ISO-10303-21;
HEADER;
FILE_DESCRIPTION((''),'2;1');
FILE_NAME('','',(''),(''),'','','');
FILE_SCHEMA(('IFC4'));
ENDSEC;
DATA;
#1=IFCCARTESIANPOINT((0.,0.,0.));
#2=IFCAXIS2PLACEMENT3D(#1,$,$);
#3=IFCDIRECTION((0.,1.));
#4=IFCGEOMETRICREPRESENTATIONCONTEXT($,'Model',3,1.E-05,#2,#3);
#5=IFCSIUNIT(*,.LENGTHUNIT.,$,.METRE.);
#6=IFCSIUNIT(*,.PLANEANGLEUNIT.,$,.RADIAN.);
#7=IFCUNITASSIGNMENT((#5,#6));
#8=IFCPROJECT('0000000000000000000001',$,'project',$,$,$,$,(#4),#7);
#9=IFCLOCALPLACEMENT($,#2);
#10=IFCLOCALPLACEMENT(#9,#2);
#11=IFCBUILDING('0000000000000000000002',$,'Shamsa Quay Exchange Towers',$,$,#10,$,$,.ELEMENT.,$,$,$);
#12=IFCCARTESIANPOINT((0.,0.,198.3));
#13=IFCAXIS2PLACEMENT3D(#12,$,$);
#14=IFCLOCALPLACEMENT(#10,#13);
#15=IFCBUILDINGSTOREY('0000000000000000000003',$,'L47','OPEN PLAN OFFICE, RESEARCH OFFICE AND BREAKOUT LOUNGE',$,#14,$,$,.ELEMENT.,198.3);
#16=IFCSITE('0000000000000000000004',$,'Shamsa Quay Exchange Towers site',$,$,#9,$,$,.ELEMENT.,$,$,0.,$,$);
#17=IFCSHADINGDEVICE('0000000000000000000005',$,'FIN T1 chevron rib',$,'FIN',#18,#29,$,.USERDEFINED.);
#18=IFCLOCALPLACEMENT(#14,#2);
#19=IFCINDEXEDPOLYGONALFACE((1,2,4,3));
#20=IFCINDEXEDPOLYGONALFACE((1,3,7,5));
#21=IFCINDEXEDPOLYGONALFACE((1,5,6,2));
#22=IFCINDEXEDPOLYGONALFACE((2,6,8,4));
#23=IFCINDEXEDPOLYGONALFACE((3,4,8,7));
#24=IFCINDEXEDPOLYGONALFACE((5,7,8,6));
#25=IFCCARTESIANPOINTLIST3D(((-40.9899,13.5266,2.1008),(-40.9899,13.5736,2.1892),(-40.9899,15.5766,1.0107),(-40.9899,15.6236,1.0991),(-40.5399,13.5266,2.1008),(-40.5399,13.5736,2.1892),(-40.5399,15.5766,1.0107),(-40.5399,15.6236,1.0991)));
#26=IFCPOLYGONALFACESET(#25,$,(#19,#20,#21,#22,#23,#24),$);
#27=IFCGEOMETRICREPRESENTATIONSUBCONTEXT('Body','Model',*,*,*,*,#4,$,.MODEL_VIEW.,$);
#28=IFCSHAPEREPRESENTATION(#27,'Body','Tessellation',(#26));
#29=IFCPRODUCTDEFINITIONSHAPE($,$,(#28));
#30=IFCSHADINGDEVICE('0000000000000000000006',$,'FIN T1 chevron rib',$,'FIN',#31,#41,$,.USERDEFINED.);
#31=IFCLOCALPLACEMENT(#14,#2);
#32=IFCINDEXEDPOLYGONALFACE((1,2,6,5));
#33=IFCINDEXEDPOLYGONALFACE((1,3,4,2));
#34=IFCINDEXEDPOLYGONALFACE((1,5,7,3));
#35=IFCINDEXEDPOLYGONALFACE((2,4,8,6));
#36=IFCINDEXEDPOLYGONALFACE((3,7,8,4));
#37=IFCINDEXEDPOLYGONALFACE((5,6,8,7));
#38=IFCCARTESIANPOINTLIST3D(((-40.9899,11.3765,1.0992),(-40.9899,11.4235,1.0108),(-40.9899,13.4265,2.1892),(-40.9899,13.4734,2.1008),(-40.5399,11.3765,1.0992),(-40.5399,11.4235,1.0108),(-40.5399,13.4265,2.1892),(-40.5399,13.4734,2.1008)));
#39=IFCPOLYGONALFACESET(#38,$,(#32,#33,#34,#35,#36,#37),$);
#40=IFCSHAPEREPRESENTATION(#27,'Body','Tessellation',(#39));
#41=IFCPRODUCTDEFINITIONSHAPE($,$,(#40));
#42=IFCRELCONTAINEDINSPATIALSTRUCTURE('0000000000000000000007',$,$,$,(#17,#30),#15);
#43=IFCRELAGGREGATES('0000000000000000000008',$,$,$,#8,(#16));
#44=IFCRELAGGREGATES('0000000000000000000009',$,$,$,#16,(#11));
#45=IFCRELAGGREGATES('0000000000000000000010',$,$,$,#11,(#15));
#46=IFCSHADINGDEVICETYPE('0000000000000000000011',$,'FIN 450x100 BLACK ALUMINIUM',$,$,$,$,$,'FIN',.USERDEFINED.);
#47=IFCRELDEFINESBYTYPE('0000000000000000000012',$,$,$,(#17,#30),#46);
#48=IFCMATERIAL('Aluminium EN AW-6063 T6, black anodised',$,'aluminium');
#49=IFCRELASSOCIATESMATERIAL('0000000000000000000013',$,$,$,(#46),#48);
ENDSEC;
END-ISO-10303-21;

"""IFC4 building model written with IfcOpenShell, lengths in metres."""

from ifc_helpers import new_model, si_unit, direction, frame, origin, origin_2d, place, context, subcontext, project, spatial, rectangle, extrude, material, material_profile, profile_set, type_object, element, save


model = new_model("IFC4")

# Units and contexts
model_context = context("Model", 3, precision=1e-05, world=origin(), true_north=direction((0.0, 1.0)))
body_context = subcontext(model_context, "Body", "Model", "MODEL_VIEW")
ifc_project = project(units=[si_unit("LENGTHUNIT", "METRE"), si_unit("PLANEANGLEUNIT", "RADIAN")], contexts=[model_context])

# Site, building, storey
site_placement = place(None, origin())
site = spatial("IfcSite", under=ifc_project, at=site_placement, Name="Shamsa Quay Exchange Towers site", CompositionType="ELEMENT", RefElevation=0.0)
building_placement = place(site_placement, origin())
building = spatial("IfcBuilding", under=site, at=building_placement, Name="Shamsa Quay Exchange Towers", CompositionType="ELEMENT")
storey_placement = place(building_placement, frame((0.0, 0.0, 198.3)))
storey = spatial("IfcBuildingStorey", under=building, at=storey_placement, Name="L47", Description="OPEN PLAN OFFICE, RESEARCH OFFICE AND BREAKOUT LOUNGE", CompositionType="ELEMENT", Elevation=198.3)

# Shared definitions
ifc_material_1 = material(Name="Aluminium EN AW-6063 T6, black anodised", Category="aluminium")

# Shading devices
ifc_material_profile_1 = material_profile(ifc_material_1, rectangle(XDim=0.45, YDim=0.1001, at=origin_2d()), Name="FIN450x100")
ifc_profile_set_1 = profile_set([ifc_material_profile_1], Name="Aluminium EN AW-6063 T6, black anodised")
shading_device_type = type_object("IfcShadingDeviceType", Name="FIN 450x100 BLACK ALUMINIUM", ElementType="FIN", PredefinedType="USERDEFINED", material=ifc_profile_set_1)
for number, where, z_axis, x_axis, name in (
    (1, (-40.7649, 15.6001, 1.0549), (0.0, -0.882937, 0.469491), (1.0, 0.0, 0.0), "FIN T1 chevron rib"),
    (2, (-40.7649, 13.45, 2.145), (0.0, -0.882937, -0.469491), (1.0, 0.0, 0.0), "FIN T1 chevron rib"),
):
    element("IfcShadingDevice", number, at=place(storey_placement, frame(where, z_axis=z_axis, x_axis=x_axis)), inside=storey, type_object=shading_device_type, Name=name, ObjectType="FIN", PredefinedType="USERDEFINED", context=body_context, shape_type="SweptSolid", body=[
        extrude(rectangle(XDim=0.45, YDim=0.1001, at=origin_2d()), origin(), (0.0, 0.0, 1.0), 2.3218),
    ])

save(model, "model.ifc")
